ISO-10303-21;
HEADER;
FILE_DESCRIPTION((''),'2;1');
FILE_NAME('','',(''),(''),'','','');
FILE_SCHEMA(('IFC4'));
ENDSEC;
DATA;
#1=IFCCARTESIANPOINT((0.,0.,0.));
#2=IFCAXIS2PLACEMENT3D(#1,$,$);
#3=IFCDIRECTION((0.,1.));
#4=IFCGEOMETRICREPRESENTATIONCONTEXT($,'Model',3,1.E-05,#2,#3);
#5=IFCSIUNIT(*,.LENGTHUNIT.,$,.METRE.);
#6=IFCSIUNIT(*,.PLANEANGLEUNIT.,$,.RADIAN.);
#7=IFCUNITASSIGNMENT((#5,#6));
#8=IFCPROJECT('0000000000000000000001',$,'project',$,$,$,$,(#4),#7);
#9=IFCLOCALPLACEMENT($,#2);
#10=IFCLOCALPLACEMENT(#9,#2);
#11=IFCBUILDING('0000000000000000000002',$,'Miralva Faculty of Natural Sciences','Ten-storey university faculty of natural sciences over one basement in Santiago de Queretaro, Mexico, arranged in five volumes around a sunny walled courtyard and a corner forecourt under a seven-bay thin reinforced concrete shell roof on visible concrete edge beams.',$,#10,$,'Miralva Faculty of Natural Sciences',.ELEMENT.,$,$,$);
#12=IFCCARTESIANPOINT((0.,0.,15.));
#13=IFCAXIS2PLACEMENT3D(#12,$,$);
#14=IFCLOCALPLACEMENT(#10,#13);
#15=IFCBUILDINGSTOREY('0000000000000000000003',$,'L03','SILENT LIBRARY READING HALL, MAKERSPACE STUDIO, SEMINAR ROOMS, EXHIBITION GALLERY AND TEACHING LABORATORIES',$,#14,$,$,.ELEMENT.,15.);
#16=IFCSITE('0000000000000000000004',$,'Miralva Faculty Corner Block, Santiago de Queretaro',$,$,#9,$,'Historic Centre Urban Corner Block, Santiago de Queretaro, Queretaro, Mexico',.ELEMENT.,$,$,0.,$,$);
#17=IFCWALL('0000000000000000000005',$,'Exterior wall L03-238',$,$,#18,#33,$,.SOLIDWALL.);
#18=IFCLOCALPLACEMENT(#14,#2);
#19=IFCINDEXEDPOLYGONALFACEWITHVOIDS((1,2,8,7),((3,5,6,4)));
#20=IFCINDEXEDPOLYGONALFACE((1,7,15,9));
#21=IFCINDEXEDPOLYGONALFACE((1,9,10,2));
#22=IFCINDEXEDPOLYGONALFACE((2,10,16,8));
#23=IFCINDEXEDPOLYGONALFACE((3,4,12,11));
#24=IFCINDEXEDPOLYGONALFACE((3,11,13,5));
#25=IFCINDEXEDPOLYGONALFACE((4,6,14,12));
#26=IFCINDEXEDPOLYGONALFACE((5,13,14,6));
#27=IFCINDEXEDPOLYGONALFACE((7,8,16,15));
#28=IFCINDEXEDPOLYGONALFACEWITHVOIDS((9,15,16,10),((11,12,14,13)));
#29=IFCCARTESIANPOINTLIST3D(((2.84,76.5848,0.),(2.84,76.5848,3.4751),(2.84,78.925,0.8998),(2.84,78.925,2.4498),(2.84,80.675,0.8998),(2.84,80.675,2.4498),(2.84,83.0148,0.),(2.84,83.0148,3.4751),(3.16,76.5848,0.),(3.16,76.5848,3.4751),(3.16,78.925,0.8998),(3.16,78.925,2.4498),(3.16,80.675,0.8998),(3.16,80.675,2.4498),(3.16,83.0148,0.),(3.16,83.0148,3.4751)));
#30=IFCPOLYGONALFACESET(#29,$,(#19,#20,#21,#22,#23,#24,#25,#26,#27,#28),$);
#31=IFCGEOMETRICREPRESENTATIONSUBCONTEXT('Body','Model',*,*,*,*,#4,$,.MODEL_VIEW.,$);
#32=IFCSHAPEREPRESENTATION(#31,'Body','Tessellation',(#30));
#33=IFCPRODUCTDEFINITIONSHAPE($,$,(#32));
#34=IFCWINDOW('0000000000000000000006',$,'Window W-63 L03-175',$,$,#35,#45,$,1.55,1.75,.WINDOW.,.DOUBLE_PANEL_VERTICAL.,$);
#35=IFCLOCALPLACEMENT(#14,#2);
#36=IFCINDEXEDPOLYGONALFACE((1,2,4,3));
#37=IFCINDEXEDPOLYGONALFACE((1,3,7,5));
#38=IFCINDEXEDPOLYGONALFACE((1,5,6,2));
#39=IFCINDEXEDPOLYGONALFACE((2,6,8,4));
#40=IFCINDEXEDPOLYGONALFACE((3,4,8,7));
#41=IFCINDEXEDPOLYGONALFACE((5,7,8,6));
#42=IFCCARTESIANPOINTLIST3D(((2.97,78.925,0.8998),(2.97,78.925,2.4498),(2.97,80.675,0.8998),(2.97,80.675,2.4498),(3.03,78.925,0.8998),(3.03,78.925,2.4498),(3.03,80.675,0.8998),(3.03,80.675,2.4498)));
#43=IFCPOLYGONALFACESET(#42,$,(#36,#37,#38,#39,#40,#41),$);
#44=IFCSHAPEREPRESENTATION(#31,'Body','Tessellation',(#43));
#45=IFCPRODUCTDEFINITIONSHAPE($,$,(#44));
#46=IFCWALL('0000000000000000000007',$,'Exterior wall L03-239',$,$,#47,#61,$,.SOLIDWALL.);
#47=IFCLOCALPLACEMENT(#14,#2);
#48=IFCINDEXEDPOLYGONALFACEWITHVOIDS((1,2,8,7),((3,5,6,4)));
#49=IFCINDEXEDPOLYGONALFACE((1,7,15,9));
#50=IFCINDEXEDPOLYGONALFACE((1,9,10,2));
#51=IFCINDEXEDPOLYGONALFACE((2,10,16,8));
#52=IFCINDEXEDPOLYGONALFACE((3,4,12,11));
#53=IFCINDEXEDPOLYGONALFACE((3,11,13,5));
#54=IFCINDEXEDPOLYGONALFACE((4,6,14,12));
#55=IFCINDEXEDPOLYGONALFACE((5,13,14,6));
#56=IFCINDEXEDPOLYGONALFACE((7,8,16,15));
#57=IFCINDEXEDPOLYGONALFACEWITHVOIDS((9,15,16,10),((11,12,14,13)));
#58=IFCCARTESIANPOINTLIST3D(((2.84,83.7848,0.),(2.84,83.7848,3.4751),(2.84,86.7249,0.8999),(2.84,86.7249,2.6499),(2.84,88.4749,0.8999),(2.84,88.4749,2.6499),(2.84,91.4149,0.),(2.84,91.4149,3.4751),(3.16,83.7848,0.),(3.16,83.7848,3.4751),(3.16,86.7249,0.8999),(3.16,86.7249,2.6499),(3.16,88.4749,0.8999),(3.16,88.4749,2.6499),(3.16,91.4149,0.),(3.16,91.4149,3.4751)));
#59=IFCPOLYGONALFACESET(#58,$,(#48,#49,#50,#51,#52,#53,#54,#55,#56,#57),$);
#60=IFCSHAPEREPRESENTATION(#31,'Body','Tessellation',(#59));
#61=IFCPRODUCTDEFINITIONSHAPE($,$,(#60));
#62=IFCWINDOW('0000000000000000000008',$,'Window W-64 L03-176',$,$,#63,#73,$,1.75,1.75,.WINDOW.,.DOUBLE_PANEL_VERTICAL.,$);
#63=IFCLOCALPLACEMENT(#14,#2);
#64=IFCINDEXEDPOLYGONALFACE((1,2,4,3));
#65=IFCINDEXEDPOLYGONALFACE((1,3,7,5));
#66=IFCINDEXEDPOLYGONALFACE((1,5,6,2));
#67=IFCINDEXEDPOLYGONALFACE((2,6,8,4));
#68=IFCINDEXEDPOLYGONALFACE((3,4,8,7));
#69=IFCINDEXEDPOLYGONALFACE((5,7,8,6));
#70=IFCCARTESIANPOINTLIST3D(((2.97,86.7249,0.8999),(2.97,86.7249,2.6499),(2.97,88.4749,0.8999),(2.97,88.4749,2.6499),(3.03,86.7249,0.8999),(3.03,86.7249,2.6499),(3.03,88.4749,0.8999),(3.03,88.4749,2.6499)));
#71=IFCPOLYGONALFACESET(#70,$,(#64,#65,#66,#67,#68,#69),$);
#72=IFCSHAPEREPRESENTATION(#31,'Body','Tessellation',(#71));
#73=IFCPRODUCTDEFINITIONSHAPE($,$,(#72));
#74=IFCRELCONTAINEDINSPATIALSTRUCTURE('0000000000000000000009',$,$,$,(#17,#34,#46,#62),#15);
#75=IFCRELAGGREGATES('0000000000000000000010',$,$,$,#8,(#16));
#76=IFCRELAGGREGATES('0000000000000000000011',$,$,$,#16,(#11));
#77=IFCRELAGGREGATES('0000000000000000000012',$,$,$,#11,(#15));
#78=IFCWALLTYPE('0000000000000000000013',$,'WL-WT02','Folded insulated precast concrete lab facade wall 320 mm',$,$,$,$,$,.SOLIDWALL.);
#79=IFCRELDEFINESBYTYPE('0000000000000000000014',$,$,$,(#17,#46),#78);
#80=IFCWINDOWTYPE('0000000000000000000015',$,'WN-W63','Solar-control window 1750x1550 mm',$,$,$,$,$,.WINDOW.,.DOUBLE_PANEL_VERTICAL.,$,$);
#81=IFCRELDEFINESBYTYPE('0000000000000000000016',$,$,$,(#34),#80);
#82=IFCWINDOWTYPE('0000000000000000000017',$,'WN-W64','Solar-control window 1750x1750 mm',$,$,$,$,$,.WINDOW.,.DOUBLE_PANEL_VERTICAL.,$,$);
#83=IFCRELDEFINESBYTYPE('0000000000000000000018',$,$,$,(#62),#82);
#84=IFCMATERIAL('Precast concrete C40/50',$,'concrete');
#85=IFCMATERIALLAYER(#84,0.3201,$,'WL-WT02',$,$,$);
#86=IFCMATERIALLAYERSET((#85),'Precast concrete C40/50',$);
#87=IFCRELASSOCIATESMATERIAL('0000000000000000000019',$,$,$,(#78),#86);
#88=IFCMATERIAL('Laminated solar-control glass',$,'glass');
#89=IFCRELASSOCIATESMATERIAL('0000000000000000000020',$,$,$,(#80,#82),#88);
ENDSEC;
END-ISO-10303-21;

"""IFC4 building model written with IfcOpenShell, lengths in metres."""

from ifc_helpers import new_model, si_unit, direction, frame, frame_2d, origin, place, context, subcontext, project, spatial, rectangle, extrude, material, layer, layer_set, type_object, element, fill, save


model = new_model("IFC4")

# Units and contexts
model_context = context("Model", 3, precision=1e-05, world=origin(), true_north=direction((0.0, 1.0)))
body_context = subcontext(model_context, "Body", "Model", "MODEL_VIEW")
ifc_project = project(units=[si_unit("LENGTHUNIT", "METRE"), si_unit("PLANEANGLEUNIT", "RADIAN")], contexts=[model_context])

# Site, building, storey
site_placement = place(None, origin())
site = spatial("IfcSite", under=ifc_project, at=site_placement, Name="Miralva Faculty Corner Block, Santiago de Queretaro", LongName="Historic Centre Urban Corner Block, Santiago de Queretaro, Queretaro, Mexico", CompositionType="ELEMENT", RefElevation=0.0)
building_placement = place(site_placement, origin())
building = spatial("IfcBuilding", under=site, at=building_placement, Name="Miralva Faculty of Natural Sciences", Description="Ten-storey university faculty of natural sciences over one basement in Santiago de Queretaro, Mexico, arranged in five volumes around a sunny walled courtyard and a corner forecourt under a seven-bay thin reinforced concrete shell roof on visible concrete edge beams.", LongName="Miralva Faculty of Natural Sciences", CompositionType="ELEMENT")
storey_placement = place(building_placement, frame((0.0, 0.0, 15.0)))
storey = spatial("IfcBuildingStorey", under=building, at=storey_placement, Name="L03", Description="SILENT LIBRARY READING HALL, MAKERSPACE STUDIO, SEMINAR ROOMS, EXHIBITION GALLERY AND TEACHING LABORATORIES", CompositionType="ELEMENT", Elevation=15.0)

# Walls, openings, windows
ifc_material_1 = material(Name="Precast concrete C40/50", Category="concrete")
ifc_layer_1 = layer(ifc_material_1, 0.3201, Name="WL-WT02")
ifc_layer_set_1 = layer_set([ifc_layer_1], Name="Precast concrete C40/50")
wall_type_1 = type_object("IfcWallType", Name="WL-WT02", Description="Folded insulated precast concrete lab facade wall 320 mm", PredefinedType="SOLIDWALL", material=ifc_layer_set_1)
wall_1_placement = place(storey_placement, frame((3.0, 76.585, 0.0), z_axis=(0.0, 0.0, 1.0), x_axis=(0.0, 1.0, 0.0)))
wall_1 = element("IfcWall", 1, at=wall_1_placement, inside=storey, type_object=wall_type_1, Name="Exterior wall L03-238", PredefinedType="SOLIDWALL", context=body_context, shape_type="SweptSolid", body=[
    extrude(rectangle(XDim=6.4299, YDim=0.3201, at=frame_2d((3.2148, 0.0))), origin(), (0.0, 0.0, 1.0), 3.4751),
])
opening_1_placement = place(wall_1_placement, frame((2.3401, 0.0, 0.8999)))
opening_1 = element("IfcOpeningElement", 2, at=opening_1_placement, cuts=wall_1, PredefinedType="OPENING", context=body_context, shape_type="SweptSolid", body=[
    extrude(rectangle(XDim=1.75, YDim=1.55, at=frame_2d((0.875, 0.7749))), frame((0.0, 0.1699, 0.0), z_axis=(0.0, -1.0, 0.0), x_axis=(1.0, 0.0, 0.0)), (0.0, 0.0, 1.0), 0.3401),
])
ifc_material_2 = material(Name="Laminated solar-control glass", Category="glass")
window_type_1 = type_object("IfcWindowType", Name="WN-W63", Description="Solar-control window 1750x1550 mm", PartitioningType="DOUBLE_PANEL_VERTICAL", PredefinedType="WINDOW", material=ifc_material_2)
window_1_placement = place(opening_1_placement, origin())
window_1 = element("IfcWindow", 3, at=window_1_placement, inside=storey, type_object=window_type_1, Name="Window W-63 L03-175", OverallHeight=1.55, OverallWidth=1.75, PartitioningType="DOUBLE_PANEL_VERTICAL", PredefinedType="WINDOW", context=body_context, shape_type="SweptSolid", body=[
    extrude(rectangle(XDim=1.75, YDim=1.55, at=frame_2d((0.875, 0.7749))), frame((0.0, 0.03, 0.0), z_axis=(0.0, -1.0, 0.0), x_axis=(1.0, 0.0, 0.0)), (0.0, 0.0, 1.0), 0.0601),
])
fill(opening_1, window_1)
wall_2_placement = place(storey_placement, frame((3.0, 83.7849, 0.0), z_axis=(0.0, 0.0, 1.0), x_axis=(0.0, 1.0, 0.0)))
wall_2 = element("IfcWall", 4, at=wall_2_placement, inside=storey, type_object=wall_type_1, Name="Exterior wall L03-239", PredefinedType="SOLIDWALL", context=body_context, shape_type="SweptSolid", body=[
    extrude(rectangle(XDim=7.6301, YDim=0.3201, at=frame_2d((3.8149, 0.0))), origin(), (0.0, 0.0, 1.0), 3.4751),
])
opening_2_placement = place(wall_2_placement, frame((2.9399, 0.0, 0.8999)))
opening_2 = element("IfcOpeningElement", 5, at=opening_2_placement, cuts=wall_2, PredefinedType="OPENING", context=body_context, shape_type="SweptSolid", body=[
    extrude(rectangle(XDim=1.75, YDim=1.75, at=frame_2d((0.875, 0.875))), frame((0.0, 0.1699, 0.0), z_axis=(0.0, -1.0, 0.0), x_axis=(1.0, 0.0, 0.0)), (0.0, 0.0, 1.0), 0.3401),
])
window_type_2 = type_object("IfcWindowType", Name="WN-W64", Description="Solar-control window 1750x1750 mm", PartitioningType="DOUBLE_PANEL_VERTICAL", PredefinedType="WINDOW", material=ifc_material_2)
window_2_placement = place(opening_2_placement, origin())
window_2 = element("IfcWindow", 6, at=window_2_placement, inside=storey, type_object=window_type_2, Name="Window W-64 L03-176", OverallHeight=1.75, OverallWidth=1.75, PartitioningType="DOUBLE_PANEL_VERTICAL", PredefinedType="WINDOW", context=body_context, shape_type="SweptSolid", body=[
    extrude(rectangle(XDim=1.75, YDim=1.75, at=frame_2d((0.875, 0.875))), frame((0.0, 0.03, 0.0), z_axis=(0.0, -1.0, 0.0), x_axis=(1.0, 0.0, 0.0)), (0.0, 0.0, 1.0), 0.0601),
])
fill(opening_2, window_2)

save(model, "model.ifc")
